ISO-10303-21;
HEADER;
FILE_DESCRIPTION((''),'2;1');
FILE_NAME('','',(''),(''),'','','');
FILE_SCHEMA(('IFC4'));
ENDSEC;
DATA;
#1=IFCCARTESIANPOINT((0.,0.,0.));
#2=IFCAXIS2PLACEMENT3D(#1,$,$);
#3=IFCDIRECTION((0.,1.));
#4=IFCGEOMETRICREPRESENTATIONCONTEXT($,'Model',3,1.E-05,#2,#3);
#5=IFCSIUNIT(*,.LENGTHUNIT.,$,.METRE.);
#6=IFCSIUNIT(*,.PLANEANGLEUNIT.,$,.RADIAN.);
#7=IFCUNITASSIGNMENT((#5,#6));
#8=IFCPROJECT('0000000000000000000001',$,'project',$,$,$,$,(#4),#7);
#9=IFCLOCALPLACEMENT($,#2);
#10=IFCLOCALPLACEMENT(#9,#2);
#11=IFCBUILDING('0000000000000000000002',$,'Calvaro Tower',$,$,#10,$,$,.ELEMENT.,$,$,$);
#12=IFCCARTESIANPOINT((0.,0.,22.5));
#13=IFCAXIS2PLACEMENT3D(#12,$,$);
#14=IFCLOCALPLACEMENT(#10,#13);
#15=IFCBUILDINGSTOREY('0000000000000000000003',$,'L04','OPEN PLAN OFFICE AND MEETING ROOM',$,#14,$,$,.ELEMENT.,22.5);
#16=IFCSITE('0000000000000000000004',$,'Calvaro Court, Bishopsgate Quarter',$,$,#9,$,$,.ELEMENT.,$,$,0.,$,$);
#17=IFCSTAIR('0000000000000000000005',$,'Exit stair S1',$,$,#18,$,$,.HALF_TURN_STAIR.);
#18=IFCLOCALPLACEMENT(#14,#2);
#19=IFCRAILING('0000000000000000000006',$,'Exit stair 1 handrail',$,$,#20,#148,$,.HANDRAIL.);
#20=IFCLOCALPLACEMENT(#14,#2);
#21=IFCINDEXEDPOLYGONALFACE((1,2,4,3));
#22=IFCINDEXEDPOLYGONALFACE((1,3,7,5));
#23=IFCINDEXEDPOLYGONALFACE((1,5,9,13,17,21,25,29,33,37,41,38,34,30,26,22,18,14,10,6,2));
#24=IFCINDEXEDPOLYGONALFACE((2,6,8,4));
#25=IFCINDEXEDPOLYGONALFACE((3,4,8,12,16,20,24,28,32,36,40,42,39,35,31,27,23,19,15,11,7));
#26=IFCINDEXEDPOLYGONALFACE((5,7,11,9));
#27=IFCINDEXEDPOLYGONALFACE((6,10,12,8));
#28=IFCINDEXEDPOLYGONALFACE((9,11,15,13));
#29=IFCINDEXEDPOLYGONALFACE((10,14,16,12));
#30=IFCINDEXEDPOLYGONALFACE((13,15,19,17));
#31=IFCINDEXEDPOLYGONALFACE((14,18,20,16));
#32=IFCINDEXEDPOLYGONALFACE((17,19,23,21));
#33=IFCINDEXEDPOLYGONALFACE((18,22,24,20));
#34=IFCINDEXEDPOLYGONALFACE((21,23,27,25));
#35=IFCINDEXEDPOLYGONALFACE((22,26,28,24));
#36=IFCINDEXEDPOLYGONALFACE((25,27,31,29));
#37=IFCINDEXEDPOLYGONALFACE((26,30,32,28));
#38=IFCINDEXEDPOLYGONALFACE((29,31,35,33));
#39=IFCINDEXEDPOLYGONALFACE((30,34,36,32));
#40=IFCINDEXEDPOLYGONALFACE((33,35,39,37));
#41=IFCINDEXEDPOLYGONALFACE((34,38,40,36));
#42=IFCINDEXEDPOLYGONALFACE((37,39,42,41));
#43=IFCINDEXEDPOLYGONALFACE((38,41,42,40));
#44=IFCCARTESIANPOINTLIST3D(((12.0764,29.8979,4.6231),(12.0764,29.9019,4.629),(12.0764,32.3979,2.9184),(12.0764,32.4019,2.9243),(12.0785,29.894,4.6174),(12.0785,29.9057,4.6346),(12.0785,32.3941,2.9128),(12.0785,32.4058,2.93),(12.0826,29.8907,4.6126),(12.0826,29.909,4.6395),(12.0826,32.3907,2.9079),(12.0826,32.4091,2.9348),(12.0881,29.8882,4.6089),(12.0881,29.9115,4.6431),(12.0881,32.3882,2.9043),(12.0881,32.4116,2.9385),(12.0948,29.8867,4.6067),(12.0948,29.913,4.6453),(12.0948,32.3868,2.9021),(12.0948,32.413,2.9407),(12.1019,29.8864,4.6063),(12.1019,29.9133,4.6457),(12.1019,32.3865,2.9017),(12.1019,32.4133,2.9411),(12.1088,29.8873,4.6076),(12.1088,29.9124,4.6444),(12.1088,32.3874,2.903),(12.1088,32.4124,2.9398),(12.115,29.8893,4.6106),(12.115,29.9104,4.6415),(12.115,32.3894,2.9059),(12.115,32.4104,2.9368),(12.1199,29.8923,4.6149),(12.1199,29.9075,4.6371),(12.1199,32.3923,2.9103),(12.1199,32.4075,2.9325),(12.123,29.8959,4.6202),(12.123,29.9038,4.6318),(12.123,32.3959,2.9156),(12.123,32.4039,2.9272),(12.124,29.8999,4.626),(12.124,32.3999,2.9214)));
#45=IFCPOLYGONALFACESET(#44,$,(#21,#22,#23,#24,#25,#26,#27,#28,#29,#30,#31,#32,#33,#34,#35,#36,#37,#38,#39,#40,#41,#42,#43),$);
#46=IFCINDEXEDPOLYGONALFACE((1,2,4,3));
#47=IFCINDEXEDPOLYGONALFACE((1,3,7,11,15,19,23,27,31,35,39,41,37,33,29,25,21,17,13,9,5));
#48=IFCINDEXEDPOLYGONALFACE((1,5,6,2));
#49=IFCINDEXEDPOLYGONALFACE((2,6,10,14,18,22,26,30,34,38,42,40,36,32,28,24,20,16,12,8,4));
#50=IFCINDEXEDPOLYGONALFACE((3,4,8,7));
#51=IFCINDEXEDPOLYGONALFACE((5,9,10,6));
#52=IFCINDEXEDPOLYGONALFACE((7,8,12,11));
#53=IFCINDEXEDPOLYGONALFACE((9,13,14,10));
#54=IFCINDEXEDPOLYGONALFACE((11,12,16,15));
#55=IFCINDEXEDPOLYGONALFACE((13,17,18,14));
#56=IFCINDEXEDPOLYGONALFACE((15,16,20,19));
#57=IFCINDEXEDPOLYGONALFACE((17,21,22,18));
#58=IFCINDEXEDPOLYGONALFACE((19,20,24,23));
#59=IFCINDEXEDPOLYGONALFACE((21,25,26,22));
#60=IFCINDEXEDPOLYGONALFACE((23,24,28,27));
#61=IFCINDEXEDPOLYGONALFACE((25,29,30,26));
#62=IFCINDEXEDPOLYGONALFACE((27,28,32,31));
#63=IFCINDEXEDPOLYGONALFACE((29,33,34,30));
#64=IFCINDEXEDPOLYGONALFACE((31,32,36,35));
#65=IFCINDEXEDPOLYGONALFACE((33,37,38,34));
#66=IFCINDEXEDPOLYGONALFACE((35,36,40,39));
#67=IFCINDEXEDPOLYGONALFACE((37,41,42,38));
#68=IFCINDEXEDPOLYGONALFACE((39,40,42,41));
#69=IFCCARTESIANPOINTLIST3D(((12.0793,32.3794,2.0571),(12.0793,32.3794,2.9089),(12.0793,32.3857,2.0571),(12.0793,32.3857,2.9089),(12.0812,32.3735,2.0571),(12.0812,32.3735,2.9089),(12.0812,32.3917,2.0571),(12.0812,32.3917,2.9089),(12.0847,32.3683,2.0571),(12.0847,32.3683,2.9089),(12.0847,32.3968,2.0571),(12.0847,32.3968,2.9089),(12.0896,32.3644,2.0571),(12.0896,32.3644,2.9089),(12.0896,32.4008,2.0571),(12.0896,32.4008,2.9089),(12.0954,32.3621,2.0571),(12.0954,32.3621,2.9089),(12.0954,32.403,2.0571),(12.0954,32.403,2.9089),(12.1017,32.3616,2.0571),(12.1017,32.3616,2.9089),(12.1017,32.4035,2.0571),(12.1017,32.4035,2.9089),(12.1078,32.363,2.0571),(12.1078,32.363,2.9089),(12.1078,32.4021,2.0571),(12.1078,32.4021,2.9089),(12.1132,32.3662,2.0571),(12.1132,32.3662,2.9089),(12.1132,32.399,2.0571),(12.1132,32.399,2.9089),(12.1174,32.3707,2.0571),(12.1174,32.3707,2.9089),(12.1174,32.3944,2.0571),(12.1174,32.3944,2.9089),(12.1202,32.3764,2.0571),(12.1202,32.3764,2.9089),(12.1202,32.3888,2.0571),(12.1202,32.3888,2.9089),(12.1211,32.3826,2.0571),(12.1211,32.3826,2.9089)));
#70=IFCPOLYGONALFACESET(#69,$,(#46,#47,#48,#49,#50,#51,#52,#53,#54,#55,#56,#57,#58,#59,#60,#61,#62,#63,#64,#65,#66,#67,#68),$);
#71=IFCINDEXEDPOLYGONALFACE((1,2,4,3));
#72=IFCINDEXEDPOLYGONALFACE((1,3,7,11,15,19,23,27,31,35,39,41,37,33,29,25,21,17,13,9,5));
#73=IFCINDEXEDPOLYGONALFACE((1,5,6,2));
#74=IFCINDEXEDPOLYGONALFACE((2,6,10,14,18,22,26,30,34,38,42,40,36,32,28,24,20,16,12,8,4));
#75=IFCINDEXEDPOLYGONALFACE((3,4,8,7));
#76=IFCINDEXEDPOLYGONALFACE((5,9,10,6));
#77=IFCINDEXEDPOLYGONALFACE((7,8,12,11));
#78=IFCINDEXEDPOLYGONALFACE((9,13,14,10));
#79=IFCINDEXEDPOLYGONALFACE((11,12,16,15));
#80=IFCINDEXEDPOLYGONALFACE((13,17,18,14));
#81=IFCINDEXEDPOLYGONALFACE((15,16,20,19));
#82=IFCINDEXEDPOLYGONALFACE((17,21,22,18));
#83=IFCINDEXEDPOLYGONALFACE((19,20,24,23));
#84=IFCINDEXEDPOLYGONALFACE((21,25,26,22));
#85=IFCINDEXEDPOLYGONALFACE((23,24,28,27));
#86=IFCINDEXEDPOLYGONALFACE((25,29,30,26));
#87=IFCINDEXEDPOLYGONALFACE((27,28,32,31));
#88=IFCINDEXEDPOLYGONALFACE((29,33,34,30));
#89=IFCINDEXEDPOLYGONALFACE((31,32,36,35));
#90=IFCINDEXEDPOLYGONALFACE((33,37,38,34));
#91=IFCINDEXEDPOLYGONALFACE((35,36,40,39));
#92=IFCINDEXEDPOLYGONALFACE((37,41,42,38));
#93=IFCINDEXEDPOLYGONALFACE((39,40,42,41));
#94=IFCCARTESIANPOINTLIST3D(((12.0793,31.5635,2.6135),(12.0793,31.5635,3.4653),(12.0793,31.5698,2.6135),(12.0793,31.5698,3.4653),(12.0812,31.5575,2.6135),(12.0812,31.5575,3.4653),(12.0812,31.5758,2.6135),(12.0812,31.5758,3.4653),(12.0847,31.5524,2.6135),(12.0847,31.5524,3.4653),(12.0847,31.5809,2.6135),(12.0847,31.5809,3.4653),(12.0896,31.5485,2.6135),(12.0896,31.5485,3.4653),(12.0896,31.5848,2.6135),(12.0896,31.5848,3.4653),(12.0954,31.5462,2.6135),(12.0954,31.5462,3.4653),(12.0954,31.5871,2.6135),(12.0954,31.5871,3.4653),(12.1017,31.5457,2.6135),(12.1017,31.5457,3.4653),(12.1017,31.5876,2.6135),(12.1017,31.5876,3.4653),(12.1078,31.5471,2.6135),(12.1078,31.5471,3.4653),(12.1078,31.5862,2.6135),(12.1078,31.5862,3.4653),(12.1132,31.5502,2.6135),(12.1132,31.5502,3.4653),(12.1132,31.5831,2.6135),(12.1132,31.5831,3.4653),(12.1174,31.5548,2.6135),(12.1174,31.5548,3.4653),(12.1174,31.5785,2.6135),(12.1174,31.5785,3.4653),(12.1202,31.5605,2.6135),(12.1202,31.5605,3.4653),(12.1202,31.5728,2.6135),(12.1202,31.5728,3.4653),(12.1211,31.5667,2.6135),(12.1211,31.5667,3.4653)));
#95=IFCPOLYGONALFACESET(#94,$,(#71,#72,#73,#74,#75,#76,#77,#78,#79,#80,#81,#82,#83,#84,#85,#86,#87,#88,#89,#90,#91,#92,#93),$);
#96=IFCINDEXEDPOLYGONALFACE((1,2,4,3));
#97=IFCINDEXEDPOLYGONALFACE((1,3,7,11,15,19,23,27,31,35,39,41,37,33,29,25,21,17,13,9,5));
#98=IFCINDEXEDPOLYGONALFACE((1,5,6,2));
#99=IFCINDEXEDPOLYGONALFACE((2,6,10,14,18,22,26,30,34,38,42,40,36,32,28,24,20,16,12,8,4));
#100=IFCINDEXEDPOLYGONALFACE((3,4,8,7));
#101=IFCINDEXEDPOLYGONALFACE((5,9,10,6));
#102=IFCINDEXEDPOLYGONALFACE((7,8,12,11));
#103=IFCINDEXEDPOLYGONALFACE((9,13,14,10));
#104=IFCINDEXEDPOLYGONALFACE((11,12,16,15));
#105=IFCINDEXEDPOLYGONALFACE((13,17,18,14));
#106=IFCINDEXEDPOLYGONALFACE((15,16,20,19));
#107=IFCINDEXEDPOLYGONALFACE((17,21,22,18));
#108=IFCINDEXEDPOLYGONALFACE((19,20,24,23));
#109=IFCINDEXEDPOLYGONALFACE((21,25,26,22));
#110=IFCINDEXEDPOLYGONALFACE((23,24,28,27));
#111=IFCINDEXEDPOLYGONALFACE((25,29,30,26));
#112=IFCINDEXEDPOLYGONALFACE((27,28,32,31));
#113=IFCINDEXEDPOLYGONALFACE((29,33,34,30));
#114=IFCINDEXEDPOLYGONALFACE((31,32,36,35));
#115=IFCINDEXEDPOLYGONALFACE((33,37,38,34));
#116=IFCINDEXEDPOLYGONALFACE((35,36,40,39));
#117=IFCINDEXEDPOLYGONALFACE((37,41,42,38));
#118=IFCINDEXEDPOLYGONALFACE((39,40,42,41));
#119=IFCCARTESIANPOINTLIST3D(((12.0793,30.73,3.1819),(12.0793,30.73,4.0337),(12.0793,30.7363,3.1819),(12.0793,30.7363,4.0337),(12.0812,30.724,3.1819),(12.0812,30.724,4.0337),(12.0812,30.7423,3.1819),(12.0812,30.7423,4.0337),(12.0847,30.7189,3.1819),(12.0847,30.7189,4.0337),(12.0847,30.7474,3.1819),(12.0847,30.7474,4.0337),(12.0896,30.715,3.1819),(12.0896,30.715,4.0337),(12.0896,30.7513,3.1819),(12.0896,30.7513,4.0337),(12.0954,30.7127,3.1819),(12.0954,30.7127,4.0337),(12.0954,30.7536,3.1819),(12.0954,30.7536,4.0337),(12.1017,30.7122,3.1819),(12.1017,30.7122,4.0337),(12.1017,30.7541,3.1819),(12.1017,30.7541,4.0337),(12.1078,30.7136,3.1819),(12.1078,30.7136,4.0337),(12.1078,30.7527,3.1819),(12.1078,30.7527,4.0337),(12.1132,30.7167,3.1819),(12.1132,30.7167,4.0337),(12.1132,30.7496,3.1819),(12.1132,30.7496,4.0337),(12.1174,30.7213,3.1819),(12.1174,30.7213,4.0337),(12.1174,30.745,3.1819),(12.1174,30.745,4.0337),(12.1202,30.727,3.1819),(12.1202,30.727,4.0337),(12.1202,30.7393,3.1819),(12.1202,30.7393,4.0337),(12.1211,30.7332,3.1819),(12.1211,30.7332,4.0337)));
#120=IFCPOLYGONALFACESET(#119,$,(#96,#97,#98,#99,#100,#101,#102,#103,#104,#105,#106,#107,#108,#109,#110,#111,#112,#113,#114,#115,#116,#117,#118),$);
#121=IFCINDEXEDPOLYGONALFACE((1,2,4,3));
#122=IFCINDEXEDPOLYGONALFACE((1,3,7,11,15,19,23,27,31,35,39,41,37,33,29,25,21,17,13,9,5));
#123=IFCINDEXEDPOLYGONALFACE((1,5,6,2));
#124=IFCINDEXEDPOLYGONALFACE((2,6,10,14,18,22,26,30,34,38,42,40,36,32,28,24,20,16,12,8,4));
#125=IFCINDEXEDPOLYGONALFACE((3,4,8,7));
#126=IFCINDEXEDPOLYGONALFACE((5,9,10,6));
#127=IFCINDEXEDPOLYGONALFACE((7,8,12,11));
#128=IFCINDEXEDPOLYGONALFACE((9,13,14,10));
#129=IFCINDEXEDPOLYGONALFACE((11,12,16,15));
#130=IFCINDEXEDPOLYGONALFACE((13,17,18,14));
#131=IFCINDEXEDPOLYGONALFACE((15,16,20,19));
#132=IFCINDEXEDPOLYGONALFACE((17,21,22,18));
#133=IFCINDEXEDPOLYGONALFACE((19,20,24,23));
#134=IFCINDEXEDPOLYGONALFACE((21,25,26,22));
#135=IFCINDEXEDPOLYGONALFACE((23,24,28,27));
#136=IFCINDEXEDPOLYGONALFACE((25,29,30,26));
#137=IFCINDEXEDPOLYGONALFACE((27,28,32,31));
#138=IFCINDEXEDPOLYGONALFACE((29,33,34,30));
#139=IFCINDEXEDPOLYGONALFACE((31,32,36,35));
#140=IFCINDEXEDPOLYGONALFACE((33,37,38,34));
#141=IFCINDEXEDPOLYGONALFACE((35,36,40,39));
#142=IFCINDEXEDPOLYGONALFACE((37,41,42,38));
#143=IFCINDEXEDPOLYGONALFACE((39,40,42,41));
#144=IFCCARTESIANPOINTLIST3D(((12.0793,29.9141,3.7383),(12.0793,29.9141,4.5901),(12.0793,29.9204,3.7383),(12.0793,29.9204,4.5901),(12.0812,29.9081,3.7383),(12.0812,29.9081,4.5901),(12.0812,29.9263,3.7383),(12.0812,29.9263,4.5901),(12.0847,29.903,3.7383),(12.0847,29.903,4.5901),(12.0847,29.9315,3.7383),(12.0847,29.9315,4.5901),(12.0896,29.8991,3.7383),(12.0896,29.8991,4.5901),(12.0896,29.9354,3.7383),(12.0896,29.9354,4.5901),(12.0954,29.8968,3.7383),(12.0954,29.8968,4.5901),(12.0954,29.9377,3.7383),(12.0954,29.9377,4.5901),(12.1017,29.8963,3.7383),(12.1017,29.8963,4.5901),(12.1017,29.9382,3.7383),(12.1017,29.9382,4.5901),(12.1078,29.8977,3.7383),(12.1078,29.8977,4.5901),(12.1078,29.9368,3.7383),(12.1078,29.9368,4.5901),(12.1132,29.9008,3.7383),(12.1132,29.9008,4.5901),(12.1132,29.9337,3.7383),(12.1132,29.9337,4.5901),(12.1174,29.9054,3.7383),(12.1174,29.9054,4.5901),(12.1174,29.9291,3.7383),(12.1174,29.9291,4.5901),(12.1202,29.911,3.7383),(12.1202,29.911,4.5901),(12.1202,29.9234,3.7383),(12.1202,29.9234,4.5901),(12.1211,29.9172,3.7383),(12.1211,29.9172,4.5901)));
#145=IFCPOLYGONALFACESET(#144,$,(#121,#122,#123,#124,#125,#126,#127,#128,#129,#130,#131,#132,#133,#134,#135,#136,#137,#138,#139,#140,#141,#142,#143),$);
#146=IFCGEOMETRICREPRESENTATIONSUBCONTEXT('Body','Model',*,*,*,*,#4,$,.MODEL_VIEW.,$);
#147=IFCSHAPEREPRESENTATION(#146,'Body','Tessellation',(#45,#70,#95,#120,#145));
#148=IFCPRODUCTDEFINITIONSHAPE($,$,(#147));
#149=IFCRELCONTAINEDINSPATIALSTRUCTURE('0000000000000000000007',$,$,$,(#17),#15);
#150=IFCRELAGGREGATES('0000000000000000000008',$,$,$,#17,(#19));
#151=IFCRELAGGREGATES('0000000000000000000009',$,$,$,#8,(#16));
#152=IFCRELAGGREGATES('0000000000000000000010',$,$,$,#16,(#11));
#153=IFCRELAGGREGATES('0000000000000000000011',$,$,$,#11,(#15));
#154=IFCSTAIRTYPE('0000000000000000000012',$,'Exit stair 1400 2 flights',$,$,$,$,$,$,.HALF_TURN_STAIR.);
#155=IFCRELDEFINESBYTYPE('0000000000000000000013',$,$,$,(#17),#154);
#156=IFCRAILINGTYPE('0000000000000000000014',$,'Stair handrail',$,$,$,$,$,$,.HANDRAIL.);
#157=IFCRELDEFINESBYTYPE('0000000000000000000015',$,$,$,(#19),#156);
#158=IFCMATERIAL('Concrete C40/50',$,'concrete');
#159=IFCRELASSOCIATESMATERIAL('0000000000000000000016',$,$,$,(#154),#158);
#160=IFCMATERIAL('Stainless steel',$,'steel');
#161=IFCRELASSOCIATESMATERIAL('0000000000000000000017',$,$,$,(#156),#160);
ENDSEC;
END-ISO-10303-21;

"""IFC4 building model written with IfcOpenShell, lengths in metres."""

from ifc_helpers import new_model, si_unit, direction, frame, origin, origin_2d, place, context, subcontext, project, spatial, circle, extrude, material, type_object, element, aggregate, save


model = new_model("IFC4")

# Units and contexts
model_context = context("Model", 3, precision=1e-05, world=origin(), true_north=direction((0.0, 1.0)))
body_context = subcontext(model_context, "Body", "Model", "MODEL_VIEW")
ifc_project = project(units=[si_unit("LENGTHUNIT", "METRE"), si_unit("PLANEANGLEUNIT", "RADIAN")], contexts=[model_context])

# Site, building, storey
site_placement = place(None, origin())
site = spatial("IfcSite", under=ifc_project, at=site_placement, Name="Calvaro Court, Bishopsgate Quarter", CompositionType="ELEMENT", RefElevation=0.0)
building_placement = place(site_placement, origin())
building = spatial("IfcBuilding", under=site, at=building_placement, Name="Calvaro Tower", CompositionType="ELEMENT")
storey_placement = place(building_placement, frame((0.0, 0.0, 22.5)))
storey = spatial("IfcBuildingStorey", under=building, at=storey_placement, Name="L04", Description="OPEN PLAN OFFICE AND MEETING ROOM", CompositionType="ELEMENT", Elevation=22.5)

# Stair, railing
ifc_material_1 = material(Name="Concrete C40/50", Category="concrete")
stair_type = type_object("IfcStairType", Name="Exit stair 1400 2 flights", PredefinedType="HALF_TURN_STAIR", material=ifc_material_1)
stair_placement = place(storey_placement, origin())
stair = element("IfcStair", 1, at=stair_placement, inside=storey, type_object=stair_type, Name="Exit stair S1", PredefinedType="HALF_TURN_STAIR")
ifc_material_2 = material(Name="Stainless steel", Category="steel")
railing_type = type_object("IfcRailingType", Name="Stair handrail", PredefinedType="HANDRAIL", material=ifc_material_2)
railing_1_placement = place(storey_placement, frame((12.1001, 32.3999, 2.0454)))
railing_1 = element("IfcRailing", 2, at=railing_1_placement, type_object=railing_type, Name="Exit stair 1 handrail", PredefinedType="HANDRAIL", context=body_context, shape_type="SweptSolid", body=[
    extrude(circle(Radius=0.0239, at=origin_2d()), frame((0.0, 0.0, 0.876), z_axis=(0.0, -0.826221, 0.563347), x_axis=(1.0, 0.0, 0.0)), (0.0, 0.0, 1.0), 3.0259),
    extrude(circle(Radius=0.021, at=origin_2d()), frame((0.0, -0.0173, 0.0117)), (0.0, 0.0, 1.0), 0.8518),
    extrude(circle(Radius=0.021, at=origin_2d()), frame((0.0, -0.8333, 0.5681)), (0.0, 0.0, 1.0), 0.8518),
    extrude(circle(Radius=0.021, at=origin_2d()), frame((0.0, -1.6667, 1.1365)), (0.0, 0.0, 1.0), 0.8518),
    extrude(circle(Radius=0.021, at=origin_2d()), frame((0.0, -2.4827, 1.6929)), (0.0, 0.0, 1.0), 0.8518),
])
aggregate(stair, [railing_1])

save(model, "model.ifc")
